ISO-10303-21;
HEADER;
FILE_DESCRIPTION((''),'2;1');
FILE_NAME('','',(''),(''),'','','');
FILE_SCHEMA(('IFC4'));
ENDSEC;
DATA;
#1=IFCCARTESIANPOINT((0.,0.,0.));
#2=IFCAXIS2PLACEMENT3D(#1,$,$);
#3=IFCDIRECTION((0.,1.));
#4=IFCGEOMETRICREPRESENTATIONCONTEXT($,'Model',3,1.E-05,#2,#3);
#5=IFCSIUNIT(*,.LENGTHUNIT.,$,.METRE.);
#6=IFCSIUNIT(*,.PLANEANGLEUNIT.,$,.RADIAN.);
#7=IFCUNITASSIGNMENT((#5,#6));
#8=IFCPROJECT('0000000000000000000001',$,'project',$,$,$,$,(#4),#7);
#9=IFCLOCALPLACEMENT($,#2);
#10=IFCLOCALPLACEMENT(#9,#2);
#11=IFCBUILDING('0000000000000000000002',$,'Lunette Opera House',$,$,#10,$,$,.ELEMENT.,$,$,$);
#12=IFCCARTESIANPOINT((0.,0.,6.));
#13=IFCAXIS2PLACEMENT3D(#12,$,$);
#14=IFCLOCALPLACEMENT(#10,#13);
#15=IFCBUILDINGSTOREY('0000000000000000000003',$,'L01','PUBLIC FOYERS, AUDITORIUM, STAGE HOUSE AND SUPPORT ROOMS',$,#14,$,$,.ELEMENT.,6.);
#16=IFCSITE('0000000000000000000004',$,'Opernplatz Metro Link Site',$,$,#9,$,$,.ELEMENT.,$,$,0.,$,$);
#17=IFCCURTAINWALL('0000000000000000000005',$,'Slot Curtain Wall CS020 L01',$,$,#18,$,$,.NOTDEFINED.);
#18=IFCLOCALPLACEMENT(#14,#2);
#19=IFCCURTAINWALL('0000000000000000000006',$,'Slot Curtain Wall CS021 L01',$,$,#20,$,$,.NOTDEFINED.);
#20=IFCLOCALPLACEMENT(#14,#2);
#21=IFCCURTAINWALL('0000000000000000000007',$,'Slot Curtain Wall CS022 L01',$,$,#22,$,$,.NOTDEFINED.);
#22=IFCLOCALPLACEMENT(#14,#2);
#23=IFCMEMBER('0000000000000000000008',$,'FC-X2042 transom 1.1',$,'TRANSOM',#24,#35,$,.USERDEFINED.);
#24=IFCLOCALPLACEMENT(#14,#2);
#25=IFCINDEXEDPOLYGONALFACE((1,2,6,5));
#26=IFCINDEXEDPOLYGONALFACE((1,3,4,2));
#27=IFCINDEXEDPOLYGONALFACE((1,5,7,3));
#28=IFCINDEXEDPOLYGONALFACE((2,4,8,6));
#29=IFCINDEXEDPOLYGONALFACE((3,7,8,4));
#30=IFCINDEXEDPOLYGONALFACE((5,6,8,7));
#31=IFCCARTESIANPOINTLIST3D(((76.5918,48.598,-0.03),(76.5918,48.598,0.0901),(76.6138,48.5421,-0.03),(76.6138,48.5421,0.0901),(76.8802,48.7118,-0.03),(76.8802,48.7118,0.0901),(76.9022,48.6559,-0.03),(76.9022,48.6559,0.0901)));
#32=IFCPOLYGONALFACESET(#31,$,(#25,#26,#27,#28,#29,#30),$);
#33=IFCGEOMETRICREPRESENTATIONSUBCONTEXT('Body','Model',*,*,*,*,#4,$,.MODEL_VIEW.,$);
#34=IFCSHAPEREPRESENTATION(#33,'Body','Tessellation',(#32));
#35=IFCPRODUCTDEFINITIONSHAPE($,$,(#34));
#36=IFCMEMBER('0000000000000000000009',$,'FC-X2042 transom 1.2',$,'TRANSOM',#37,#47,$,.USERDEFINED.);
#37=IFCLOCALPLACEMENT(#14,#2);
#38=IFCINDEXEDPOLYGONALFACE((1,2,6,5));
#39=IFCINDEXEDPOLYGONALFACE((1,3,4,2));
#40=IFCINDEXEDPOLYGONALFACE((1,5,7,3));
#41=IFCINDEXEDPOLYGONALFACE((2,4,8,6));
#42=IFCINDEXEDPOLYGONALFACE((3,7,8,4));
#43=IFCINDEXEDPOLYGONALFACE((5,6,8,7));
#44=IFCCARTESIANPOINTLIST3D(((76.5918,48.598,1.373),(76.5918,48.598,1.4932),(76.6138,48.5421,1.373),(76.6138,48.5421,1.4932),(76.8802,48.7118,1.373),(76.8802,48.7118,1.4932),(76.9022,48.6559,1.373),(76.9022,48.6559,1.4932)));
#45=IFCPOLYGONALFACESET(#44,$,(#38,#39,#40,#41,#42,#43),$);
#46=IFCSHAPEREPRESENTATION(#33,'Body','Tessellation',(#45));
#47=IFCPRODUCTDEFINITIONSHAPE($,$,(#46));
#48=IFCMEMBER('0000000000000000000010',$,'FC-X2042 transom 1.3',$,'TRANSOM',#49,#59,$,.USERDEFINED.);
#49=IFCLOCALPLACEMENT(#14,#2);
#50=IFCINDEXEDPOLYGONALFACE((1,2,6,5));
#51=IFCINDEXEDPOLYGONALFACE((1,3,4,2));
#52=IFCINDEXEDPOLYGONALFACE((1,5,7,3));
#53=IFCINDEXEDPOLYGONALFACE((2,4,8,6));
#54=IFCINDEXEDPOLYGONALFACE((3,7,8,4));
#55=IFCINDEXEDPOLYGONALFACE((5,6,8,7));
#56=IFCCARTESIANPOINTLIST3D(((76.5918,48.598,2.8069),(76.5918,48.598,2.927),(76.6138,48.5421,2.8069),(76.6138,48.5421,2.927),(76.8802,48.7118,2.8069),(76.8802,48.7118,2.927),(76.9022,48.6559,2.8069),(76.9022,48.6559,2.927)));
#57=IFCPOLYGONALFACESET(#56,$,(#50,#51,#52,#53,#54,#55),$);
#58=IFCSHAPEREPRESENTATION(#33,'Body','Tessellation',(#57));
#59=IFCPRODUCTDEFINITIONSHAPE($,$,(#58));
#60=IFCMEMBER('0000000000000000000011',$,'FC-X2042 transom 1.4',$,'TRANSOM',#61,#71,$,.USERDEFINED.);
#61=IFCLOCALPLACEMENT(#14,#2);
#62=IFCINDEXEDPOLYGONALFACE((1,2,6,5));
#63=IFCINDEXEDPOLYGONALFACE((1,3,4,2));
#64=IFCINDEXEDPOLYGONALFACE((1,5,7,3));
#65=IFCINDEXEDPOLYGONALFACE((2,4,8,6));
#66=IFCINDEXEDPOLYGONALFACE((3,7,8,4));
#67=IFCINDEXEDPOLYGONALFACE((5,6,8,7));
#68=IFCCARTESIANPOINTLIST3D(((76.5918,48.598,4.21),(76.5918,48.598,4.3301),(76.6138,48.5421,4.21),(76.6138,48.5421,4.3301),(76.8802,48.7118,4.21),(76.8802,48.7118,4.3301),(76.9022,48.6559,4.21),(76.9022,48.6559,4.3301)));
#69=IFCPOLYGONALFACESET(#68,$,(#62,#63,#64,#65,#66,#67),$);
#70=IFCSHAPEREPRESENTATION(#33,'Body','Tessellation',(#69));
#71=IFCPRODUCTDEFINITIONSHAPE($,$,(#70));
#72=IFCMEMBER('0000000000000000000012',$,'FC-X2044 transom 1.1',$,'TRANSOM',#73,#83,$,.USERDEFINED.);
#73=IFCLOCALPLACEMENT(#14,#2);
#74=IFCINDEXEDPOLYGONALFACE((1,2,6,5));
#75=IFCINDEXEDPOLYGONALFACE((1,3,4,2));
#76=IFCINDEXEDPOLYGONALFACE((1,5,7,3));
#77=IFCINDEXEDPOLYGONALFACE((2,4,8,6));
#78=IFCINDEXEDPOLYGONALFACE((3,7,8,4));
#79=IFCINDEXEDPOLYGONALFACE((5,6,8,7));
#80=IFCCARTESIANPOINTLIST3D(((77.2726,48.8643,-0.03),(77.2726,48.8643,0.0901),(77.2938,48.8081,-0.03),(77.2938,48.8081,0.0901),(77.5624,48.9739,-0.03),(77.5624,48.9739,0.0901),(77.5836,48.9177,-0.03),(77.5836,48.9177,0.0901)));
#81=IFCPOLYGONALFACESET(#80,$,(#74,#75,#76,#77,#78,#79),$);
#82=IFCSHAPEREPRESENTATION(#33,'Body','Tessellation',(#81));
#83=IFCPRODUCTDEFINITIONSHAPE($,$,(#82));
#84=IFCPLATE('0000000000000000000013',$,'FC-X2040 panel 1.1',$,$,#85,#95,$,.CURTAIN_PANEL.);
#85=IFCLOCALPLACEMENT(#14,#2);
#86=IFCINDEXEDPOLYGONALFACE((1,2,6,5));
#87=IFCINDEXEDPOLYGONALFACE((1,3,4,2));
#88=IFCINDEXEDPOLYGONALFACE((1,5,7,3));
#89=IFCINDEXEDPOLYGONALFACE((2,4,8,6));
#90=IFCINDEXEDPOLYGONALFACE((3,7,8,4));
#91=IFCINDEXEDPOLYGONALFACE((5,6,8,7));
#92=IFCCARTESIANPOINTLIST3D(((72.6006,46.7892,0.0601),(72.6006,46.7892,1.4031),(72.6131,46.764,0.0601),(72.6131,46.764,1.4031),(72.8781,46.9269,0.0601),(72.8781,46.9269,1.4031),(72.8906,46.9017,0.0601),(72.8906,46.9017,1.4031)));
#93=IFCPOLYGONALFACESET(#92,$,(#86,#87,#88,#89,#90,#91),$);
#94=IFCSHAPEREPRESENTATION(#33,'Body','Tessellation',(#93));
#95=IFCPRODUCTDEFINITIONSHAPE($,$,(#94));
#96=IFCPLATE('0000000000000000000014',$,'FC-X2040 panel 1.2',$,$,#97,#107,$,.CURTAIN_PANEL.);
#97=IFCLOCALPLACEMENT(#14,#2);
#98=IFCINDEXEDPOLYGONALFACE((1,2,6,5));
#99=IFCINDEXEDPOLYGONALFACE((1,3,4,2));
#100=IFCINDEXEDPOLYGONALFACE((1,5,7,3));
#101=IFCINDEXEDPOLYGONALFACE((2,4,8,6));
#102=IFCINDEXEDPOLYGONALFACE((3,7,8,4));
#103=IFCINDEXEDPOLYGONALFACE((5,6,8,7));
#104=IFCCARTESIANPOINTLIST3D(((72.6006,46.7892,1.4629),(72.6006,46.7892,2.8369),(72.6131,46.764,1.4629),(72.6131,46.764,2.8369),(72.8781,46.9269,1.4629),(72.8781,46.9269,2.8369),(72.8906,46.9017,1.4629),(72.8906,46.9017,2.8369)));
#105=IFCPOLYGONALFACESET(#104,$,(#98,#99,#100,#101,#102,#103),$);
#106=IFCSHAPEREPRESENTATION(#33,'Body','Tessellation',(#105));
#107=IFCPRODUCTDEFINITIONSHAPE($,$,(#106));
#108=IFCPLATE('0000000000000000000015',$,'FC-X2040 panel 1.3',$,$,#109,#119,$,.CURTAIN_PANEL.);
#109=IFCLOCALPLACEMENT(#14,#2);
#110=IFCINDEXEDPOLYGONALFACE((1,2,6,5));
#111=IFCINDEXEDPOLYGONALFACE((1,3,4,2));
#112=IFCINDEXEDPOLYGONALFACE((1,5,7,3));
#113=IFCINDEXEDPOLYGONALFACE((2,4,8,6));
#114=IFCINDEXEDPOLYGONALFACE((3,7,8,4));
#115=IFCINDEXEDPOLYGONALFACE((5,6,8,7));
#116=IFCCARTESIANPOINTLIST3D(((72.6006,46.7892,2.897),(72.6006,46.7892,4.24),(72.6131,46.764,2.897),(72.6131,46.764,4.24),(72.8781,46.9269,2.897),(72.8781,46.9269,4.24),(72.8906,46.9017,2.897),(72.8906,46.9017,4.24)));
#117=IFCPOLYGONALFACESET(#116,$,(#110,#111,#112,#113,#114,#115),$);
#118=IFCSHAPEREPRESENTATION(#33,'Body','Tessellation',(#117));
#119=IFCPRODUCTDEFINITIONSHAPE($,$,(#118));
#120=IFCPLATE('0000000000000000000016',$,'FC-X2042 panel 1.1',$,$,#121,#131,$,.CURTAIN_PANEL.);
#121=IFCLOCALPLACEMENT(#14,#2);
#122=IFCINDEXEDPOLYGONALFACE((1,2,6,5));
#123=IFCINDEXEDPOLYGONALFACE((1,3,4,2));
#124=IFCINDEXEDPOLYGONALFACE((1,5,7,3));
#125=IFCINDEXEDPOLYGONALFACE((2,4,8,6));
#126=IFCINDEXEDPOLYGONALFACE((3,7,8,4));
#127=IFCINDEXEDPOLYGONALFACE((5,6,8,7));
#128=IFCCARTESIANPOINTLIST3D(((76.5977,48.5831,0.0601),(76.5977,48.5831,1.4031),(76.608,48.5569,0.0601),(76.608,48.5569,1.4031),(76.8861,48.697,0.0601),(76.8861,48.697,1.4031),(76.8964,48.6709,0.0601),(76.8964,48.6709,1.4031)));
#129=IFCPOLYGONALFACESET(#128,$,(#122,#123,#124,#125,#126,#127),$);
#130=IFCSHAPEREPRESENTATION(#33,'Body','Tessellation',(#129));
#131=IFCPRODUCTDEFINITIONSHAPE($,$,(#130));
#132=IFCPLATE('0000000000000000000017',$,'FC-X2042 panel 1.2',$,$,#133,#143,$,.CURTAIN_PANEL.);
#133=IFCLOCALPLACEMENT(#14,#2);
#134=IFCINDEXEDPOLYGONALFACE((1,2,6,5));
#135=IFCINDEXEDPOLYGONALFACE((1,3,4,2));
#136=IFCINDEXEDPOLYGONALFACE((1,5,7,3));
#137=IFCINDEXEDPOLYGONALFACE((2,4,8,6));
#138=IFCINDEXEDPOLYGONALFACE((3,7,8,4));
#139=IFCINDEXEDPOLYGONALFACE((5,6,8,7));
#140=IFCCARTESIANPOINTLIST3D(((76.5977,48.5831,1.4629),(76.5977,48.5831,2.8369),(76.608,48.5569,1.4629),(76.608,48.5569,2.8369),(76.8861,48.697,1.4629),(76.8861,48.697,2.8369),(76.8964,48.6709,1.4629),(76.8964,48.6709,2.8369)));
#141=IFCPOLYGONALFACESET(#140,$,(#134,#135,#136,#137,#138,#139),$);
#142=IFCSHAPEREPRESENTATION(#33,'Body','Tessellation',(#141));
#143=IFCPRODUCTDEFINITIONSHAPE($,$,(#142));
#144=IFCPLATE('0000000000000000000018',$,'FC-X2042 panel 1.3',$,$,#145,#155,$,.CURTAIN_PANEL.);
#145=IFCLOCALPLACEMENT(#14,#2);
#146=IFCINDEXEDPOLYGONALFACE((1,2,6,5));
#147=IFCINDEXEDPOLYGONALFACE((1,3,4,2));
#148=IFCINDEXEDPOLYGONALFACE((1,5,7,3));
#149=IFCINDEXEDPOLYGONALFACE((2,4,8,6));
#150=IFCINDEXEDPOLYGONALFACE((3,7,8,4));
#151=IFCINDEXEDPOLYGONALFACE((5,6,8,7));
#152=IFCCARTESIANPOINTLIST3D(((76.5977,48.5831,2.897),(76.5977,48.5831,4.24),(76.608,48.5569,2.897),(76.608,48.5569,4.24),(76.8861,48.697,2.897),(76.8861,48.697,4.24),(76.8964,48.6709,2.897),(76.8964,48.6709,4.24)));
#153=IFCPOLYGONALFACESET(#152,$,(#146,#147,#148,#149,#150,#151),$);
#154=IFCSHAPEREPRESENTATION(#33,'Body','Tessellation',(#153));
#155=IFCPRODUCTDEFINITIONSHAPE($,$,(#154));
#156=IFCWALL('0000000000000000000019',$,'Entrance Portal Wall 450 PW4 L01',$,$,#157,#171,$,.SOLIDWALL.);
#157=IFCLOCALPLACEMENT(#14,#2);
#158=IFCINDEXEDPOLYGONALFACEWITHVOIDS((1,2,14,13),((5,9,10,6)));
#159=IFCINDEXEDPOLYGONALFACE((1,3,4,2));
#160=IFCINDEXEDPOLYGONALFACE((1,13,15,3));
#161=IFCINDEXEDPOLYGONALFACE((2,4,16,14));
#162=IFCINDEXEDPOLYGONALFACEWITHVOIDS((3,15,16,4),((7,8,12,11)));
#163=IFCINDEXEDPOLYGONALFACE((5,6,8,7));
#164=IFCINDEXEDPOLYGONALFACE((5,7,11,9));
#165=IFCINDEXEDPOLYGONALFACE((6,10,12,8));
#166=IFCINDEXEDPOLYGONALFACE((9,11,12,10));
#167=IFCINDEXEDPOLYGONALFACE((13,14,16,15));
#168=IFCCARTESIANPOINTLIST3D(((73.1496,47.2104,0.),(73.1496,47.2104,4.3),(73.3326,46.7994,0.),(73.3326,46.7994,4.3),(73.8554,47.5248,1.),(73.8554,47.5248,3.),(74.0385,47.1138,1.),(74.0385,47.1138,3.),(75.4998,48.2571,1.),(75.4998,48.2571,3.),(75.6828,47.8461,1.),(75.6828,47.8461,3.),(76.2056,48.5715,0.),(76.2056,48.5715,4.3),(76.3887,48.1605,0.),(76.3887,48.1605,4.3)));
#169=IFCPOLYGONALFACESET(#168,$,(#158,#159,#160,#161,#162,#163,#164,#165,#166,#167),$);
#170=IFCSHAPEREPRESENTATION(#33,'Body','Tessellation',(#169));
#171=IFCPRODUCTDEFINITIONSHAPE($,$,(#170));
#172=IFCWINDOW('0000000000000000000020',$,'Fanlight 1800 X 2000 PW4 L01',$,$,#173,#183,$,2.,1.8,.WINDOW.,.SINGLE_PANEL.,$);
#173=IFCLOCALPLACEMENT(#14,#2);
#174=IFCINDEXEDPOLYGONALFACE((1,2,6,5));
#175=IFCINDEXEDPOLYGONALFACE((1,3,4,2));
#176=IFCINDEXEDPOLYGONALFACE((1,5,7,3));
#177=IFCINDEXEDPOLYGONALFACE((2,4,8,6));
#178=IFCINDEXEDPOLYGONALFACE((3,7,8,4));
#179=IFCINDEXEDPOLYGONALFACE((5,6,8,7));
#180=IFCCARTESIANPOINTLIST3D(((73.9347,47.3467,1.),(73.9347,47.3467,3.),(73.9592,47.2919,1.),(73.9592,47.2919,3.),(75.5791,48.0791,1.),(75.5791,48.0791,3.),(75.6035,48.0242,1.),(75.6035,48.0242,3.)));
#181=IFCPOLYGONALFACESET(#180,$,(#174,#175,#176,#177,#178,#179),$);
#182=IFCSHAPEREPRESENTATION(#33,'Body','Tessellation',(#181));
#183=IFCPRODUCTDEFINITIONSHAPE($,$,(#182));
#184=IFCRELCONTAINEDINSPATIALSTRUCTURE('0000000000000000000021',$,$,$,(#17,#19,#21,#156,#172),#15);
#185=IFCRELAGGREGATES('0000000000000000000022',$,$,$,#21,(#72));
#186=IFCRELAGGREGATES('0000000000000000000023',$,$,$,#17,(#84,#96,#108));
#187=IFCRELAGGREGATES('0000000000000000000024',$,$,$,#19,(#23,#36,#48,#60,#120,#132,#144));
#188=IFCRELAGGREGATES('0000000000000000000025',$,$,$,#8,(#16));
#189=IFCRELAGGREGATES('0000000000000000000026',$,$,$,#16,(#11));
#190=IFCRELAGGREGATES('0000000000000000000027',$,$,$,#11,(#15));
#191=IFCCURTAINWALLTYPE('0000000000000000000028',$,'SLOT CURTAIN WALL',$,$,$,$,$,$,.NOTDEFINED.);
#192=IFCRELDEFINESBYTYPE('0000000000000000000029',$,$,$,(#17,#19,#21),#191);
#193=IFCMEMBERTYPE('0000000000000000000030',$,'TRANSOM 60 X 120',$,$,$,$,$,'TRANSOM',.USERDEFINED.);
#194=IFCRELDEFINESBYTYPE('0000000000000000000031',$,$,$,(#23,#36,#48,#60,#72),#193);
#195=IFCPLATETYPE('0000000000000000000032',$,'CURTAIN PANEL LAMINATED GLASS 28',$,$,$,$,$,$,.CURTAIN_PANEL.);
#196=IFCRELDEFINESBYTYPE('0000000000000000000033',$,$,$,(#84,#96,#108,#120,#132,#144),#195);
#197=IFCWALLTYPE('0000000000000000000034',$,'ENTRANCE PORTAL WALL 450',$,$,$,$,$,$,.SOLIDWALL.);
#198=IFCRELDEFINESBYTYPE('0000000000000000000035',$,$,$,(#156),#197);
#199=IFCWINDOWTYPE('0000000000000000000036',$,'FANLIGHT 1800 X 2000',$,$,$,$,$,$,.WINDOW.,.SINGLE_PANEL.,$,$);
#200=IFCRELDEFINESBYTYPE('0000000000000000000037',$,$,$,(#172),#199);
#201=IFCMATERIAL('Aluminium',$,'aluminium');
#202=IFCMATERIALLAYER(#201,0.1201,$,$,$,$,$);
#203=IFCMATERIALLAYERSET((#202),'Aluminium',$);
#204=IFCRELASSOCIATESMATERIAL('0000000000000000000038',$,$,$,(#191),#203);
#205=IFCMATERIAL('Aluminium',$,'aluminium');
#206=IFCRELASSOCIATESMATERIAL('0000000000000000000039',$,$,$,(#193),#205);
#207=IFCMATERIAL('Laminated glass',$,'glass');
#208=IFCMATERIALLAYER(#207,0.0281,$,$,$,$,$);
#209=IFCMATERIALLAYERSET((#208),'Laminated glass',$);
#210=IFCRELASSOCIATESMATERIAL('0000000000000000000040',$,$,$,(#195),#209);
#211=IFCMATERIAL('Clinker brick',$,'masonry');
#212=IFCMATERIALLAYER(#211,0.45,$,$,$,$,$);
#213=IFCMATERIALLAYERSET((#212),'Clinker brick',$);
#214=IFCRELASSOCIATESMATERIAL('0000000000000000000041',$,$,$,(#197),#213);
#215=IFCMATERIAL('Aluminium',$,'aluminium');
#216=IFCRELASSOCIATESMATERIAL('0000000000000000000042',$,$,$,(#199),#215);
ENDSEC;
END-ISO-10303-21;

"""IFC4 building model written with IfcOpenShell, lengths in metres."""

from ifc_helpers import new_model, si_unit, direction, frame, frame_2d, origin, origin_2d, place, context, subcontext, project, spatial, rectangle, extrude, material, layer, layer_set, material_profile, profile_set, type_object, element, fill, aggregate, save


model = new_model("IFC4")

# Units and contexts
model_context = context("Model", 3, precision=1e-05, world=origin(), true_north=direction((0.0, 1.0)))
body_context = subcontext(model_context, "Body", "Model", "MODEL_VIEW")
ifc_project = project(units=[si_unit("LENGTHUNIT", "METRE"), si_unit("PLANEANGLEUNIT", "RADIAN")], contexts=[model_context])

# Site, building, storey
site_placement = place(None, origin())
site = spatial("IfcSite", under=ifc_project, at=site_placement, Name="Opernplatz Metro Link Site", CompositionType="ELEMENT", RefElevation=0.0)
building_placement = place(site_placement, origin())
building = spatial("IfcBuilding", under=site, at=building_placement, Name="Lunette Opera House", CompositionType="ELEMENT")
storey_placement = place(building_placement, frame((0.0, 0.0, 6.0)))
storey = spatial("IfcBuildingStorey", under=building, at=storey_placement, Name="L01", Description="PUBLIC FOYERS, AUDITORIUM, STAGE HOUSE AND SUPPORT ROOMS", CompositionType="ELEMENT", Elevation=6.0)

# Curtain walls
ifc_material_1 = material(Name="Aluminium", Category="aluminium")
ifc_layer_1 = layer(ifc_material_1, 0.1201)
ifc_layer_set_1 = layer_set([ifc_layer_1], Name="Aluminium")
curtain_wall_type = type_object("IfcCurtainWallType", Name="SLOT CURTAIN WALL", PredefinedType="NOTDEFINED", material=ifc_layer_set_1)
curtain_wall_1_placement = place(storey_placement, origin())
curtain_wall_1 = element("IfcCurtainWall", 1, at=curtain_wall_1_placement, inside=storey, type_object=curtain_wall_type, Name="Slot Curtain Wall CS020 L01", PredefinedType="NOTDEFINED")
curtain_wall_2_placement = place(storey_placement, origin())
curtain_wall_2 = element("IfcCurtainWall", 2, at=curtain_wall_2_placement, inside=storey, type_object=curtain_wall_type, Name="Slot Curtain Wall CS021 L01", PredefinedType="NOTDEFINED")

# Curtain wall
curtain_wall_3_placement = place(storey_placement, origin())
curtain_wall_3 = element("IfcCurtainWall", 3, at=curtain_wall_3_placement, inside=storey, type_object=curtain_wall_type, Name="Slot Curtain Wall CS022 L01", PredefinedType="NOTDEFINED")

# Members
ifc_material_2 = material(Name="Aluminium", Category="aluminium")
ifc_material_profile_1 = material_profile(ifc_material_2, rectangle(XDim=0.0601, YDim=0.1201, at=origin_2d()), Name="TRANSOM 60 X 120")
ifc_profile_set_1 = profile_set([ifc_material_profile_1], Name="Aluminium")
member_type_1 = type_object("IfcMemberType", Name="TRANSOM 60 X 120", ElementType="TRANSOM", PredefinedType="USERDEFINED", material=ifc_profile_set_1)
member_1_placement = place(storey_placement, frame((76.6028, 48.5701, 0.03), z_axis=(0.930205, 0.367041, 0.0), x_axis=(-0.367041, 0.930205, 0.0)))
member_1 = element("IfcMember", 4, at=member_1_placement, type_object=member_type_1, Name="FC-X2042 transom 1.1", ObjectType="TRANSOM", PredefinedType="USERDEFINED", context=body_context, shape_type="SweptSolid", body=[
    extrude(rectangle(XDim=0.0601, YDim=0.1201, at=origin_2d()), origin(), (0.0, 0.0, 1.0), 0.3101),
])
member_2_placement = place(storey_placement, frame((76.6028, 48.5701, 1.4331), z_axis=(0.930205, 0.367041, 0.0), x_axis=(-0.367041, 0.930205, 0.0)))
member_2 = element("IfcMember", 5, at=member_2_placement, type_object=member_type_1, Name="FC-X2042 transom 1.2", ObjectType="TRANSOM", PredefinedType="USERDEFINED", context=body_context, shape_type="SweptSolid", body=[
    extrude(rectangle(XDim=0.0601, YDim=0.1201, at=origin_2d()), origin(), (0.0, 0.0, 1.0), 0.3101),
])
member_3_placement = place(storey_placement, frame((76.6028, 48.5701, 2.8669), z_axis=(0.930205, 0.367041, 0.0), x_axis=(-0.367041, 0.930205, 0.0)))
member_3 = element("IfcMember", 6, at=member_3_placement, type_object=member_type_1, Name="FC-X2042 transom 1.3", ObjectType="TRANSOM", PredefinedType="USERDEFINED", context=body_context, shape_type="SweptSolid", body=[
    extrude(rectangle(XDim=0.0601, YDim=0.1201, at=origin_2d()), origin(), (0.0, 0.0, 1.0), 0.3101),
])
member_4_placement = place(storey_placement, frame((76.6028, 48.5701, 4.27), z_axis=(0.930205, 0.367041, 0.0), x_axis=(-0.367041, 0.930205, 0.0)))
member_4 = element("IfcMember", 7, at=member_4_placement, type_object=member_type_1, Name="FC-X2042 transom 1.4", ObjectType="TRANSOM", PredefinedType="USERDEFINED", context=body_context, shape_type="SweptSolid", body=[
    extrude(rectangle(XDim=0.0601, YDim=0.1201, at=origin_2d()), origin(), (0.0, 0.0, 1.0), 0.3101),
])
member_5_placement = place(storey_placement, frame((77.2832, 48.8362, 0.03), z_axis=(0.935321, 0.353799, 0.0), x_axis=(-0.353799, 0.935321, 0.0)))
member_5 = element("IfcMember", 8, at=member_5_placement, type_object=member_type_1, Name="FC-X2044 transom 1.1", ObjectType="TRANSOM", PredefinedType="USERDEFINED", context=body_context, shape_type="SweptSolid", body=[
    extrude(rectangle(XDim=0.0601, YDim=0.1201, at=origin_2d()), origin(), (0.0, 0.0, 1.0), 0.3098),
])
aggregate(curtain_wall_3, [member_5])

# Plates
ifc_material_3 = material(Name="Laminated glass", Category="glass")
ifc_layer_2 = layer(ifc_material_3, 0.0281)
ifc_layer_set_2 = layer_set([ifc_layer_2], Name="Laminated glass")
plate_type = type_object("IfcPlateType", Name="CURTAIN PANEL LAMINATED GLASS 28", PredefinedType="CURTAIN_PANEL", material=ifc_layer_set_2)
plate_1_placement = place(storey_placement, frame((72.7456, 46.8455, 0.0601), z_axis=(0.0, 0.0, 1.0), x_axis=(0.895819, 0.444419, 0.0)))
plate_1 = element("IfcPlate", 9, at=plate_1_placement, type_object=plate_type, Name="FC-X2040 panel 1.1", PredefinedType="CURTAIN_PANEL", context=body_context, shape_type="SweptSolid", body=[
    extrude(rectangle(XDim=0.3098, YDim=0.0281, at=origin_2d()), origin(), (0.0, 0.0, 1.0), 1.343),
])
plate_2_placement = place(storey_placement, frame((72.7456, 46.8455, 1.4629), z_axis=(0.0, 0.0, 1.0), x_axis=(0.895819, 0.444419, 0.0)))
plate_2 = element("IfcPlate", 10, at=plate_2_placement, type_object=plate_type, Name="FC-X2040 panel 1.2", PredefinedType="CURTAIN_PANEL", context=body_context, shape_type="SweptSolid", body=[
    extrude(rectangle(XDim=0.3098, YDim=0.0281, at=origin_2d()), origin(), (0.0, 0.0, 1.0), 1.374),
])
plate_3_placement = place(storey_placement, frame((72.7456, 46.8455, 2.897), z_axis=(0.0, 0.0, 1.0), x_axis=(0.895819, 0.444419, 0.0)))
plate_3 = element("IfcPlate", 11, at=plate_3_placement, type_object=plate_type, Name="FC-X2040 panel 1.3", PredefinedType="CURTAIN_PANEL", context=body_context, shape_type="SweptSolid", body=[
    extrude(rectangle(XDim=0.3098, YDim=0.0281, at=origin_2d()), origin(), (0.0, 0.0, 1.0), 1.343),
])
aggregate(curtain_wall_1, [plate_1, plate_2, plate_3])
plate_4_placement = place(storey_placement, frame((76.7471, 48.627, 0.0601), z_axis=(0.0, 0.0, 1.0), x_axis=(0.930072, 0.367378, 0.0)))
plate_4 = element("IfcPlate", 12, at=plate_4_placement, type_object=plate_type, Name="FC-X2042 panel 1.1", PredefinedType="CURTAIN_PANEL", context=body_context, shape_type="SweptSolid", body=[
    extrude(rectangle(XDim=0.3101, YDim=0.0281, at=origin_2d()), origin(), (0.0, 0.0, 1.0), 1.343),
])
plate_5_placement = place(storey_placement, frame((76.7471, 48.627, 1.4629), z_axis=(0.0, 0.0, 1.0), x_axis=(0.930072, 0.367378, 0.0)))
plate_5 = element("IfcPlate", 13, at=plate_5_placement, type_object=plate_type, Name="FC-X2042 panel 1.2", PredefinedType="CURTAIN_PANEL", context=body_context, shape_type="SweptSolid", body=[
    extrude(rectangle(XDim=0.3101, YDim=0.0281, at=origin_2d()), origin(), (0.0, 0.0, 1.0), 1.374),
])
plate_6_placement = place(storey_placement, frame((76.7471, 48.627, 2.897), z_axis=(0.0, 0.0, 1.0), x_axis=(0.930072, 0.367378, 0.0)))
plate_6 = element("IfcPlate", 14, at=plate_6_placement, type_object=plate_type, Name="FC-X2042 panel 1.3", PredefinedType="CURTAIN_PANEL", context=body_context, shape_type="SweptSolid", body=[
    extrude(rectangle(XDim=0.3101, YDim=0.0281, at=origin_2d()), origin(), (0.0, 0.0, 1.0), 1.343),
])
aggregate(curtain_wall_2, [member_1, member_2, member_3, member_4, plate_4, plate_5, plate_6])

# Wall, opening, window
ifc_material_4 = material(Name="Clinker brick", Category="masonry")
ifc_layer_3 = layer(ifc_material_4, 0.45)
ifc_layer_set_3 = layer_set([ifc_layer_3], Name="Clinker brick")
wall_type = type_object("IfcWallType", Name="ENTRANCE PORTAL WALL 450", PredefinedType="SOLIDWALL", material=ifc_layer_set_3)
wall_placement = place(storey_placement, frame((73.241, 47.0049, 0.0), z_axis=(0.0, 0.0, 1.0), x_axis=(0.913501, 0.406836, 0.0)))
wall = element("IfcWall", 15, at=wall_placement, inside=storey, type_object=wall_type, Name="Entrance Portal Wall 450 PW4 L01", PredefinedType="SOLIDWALL", context=body_context, shape_type="SweptSolid", body=[
    extrude(rectangle(XDim=3.3455, YDim=0.45, at=frame_2d((1.6729, 0.0))), origin(), (0.0, 0.0, 1.0), 4.3),
])
opening_placement = place(wall_placement, frame((0.7729, 0.0, 1.0)))
opening = element("IfcOpeningElement", 16, at=opening_placement, cuts=wall, PredefinedType="OPENING", context=body_context, shape_type="SweptSolid", body=[
    extrude(rectangle(XDim=1.8, YDim=2.0, at=frame_2d((0.8999, 1.0))), frame((0.0, 0.2371, 0.0), z_axis=(0.0, -1.0, 0.0), x_axis=(1.0, 0.0, 0.0)), (0.0, 0.0, 1.0), 0.4739),
])
ifc_material_5 = material(Name="Aluminium", Category="aluminium")
window_type = type_object("IfcWindowType", Name="FANLIGHT 1800 X 2000", PartitioningType="SINGLE_PANEL", PredefinedType="WINDOW", material=ifc_material_5)
window_placement = place(opening_placement, origin())
window = element("IfcWindow", 17, at=window_placement, inside=storey, type_object=window_type, Name="Fanlight 1800 X 2000 PW4 L01", OverallHeight=2.0, OverallWidth=1.8, PartitioningType="SINGLE_PANEL", PredefinedType="WINDOW", context=body_context, shape_type="SweptSolid", body=[
    extrude(rectangle(XDim=1.8, YDim=2.0, at=frame_2d((0.8999, 1.0))), frame((0.0, 0.03, 0.0), z_axis=(0.0, -1.0, 0.0), x_axis=(1.0, 0.0, 0.0)), (0.0, 0.0, 1.0), 0.0601),
])
fill(opening, window)

save(model, "model.ifc")
